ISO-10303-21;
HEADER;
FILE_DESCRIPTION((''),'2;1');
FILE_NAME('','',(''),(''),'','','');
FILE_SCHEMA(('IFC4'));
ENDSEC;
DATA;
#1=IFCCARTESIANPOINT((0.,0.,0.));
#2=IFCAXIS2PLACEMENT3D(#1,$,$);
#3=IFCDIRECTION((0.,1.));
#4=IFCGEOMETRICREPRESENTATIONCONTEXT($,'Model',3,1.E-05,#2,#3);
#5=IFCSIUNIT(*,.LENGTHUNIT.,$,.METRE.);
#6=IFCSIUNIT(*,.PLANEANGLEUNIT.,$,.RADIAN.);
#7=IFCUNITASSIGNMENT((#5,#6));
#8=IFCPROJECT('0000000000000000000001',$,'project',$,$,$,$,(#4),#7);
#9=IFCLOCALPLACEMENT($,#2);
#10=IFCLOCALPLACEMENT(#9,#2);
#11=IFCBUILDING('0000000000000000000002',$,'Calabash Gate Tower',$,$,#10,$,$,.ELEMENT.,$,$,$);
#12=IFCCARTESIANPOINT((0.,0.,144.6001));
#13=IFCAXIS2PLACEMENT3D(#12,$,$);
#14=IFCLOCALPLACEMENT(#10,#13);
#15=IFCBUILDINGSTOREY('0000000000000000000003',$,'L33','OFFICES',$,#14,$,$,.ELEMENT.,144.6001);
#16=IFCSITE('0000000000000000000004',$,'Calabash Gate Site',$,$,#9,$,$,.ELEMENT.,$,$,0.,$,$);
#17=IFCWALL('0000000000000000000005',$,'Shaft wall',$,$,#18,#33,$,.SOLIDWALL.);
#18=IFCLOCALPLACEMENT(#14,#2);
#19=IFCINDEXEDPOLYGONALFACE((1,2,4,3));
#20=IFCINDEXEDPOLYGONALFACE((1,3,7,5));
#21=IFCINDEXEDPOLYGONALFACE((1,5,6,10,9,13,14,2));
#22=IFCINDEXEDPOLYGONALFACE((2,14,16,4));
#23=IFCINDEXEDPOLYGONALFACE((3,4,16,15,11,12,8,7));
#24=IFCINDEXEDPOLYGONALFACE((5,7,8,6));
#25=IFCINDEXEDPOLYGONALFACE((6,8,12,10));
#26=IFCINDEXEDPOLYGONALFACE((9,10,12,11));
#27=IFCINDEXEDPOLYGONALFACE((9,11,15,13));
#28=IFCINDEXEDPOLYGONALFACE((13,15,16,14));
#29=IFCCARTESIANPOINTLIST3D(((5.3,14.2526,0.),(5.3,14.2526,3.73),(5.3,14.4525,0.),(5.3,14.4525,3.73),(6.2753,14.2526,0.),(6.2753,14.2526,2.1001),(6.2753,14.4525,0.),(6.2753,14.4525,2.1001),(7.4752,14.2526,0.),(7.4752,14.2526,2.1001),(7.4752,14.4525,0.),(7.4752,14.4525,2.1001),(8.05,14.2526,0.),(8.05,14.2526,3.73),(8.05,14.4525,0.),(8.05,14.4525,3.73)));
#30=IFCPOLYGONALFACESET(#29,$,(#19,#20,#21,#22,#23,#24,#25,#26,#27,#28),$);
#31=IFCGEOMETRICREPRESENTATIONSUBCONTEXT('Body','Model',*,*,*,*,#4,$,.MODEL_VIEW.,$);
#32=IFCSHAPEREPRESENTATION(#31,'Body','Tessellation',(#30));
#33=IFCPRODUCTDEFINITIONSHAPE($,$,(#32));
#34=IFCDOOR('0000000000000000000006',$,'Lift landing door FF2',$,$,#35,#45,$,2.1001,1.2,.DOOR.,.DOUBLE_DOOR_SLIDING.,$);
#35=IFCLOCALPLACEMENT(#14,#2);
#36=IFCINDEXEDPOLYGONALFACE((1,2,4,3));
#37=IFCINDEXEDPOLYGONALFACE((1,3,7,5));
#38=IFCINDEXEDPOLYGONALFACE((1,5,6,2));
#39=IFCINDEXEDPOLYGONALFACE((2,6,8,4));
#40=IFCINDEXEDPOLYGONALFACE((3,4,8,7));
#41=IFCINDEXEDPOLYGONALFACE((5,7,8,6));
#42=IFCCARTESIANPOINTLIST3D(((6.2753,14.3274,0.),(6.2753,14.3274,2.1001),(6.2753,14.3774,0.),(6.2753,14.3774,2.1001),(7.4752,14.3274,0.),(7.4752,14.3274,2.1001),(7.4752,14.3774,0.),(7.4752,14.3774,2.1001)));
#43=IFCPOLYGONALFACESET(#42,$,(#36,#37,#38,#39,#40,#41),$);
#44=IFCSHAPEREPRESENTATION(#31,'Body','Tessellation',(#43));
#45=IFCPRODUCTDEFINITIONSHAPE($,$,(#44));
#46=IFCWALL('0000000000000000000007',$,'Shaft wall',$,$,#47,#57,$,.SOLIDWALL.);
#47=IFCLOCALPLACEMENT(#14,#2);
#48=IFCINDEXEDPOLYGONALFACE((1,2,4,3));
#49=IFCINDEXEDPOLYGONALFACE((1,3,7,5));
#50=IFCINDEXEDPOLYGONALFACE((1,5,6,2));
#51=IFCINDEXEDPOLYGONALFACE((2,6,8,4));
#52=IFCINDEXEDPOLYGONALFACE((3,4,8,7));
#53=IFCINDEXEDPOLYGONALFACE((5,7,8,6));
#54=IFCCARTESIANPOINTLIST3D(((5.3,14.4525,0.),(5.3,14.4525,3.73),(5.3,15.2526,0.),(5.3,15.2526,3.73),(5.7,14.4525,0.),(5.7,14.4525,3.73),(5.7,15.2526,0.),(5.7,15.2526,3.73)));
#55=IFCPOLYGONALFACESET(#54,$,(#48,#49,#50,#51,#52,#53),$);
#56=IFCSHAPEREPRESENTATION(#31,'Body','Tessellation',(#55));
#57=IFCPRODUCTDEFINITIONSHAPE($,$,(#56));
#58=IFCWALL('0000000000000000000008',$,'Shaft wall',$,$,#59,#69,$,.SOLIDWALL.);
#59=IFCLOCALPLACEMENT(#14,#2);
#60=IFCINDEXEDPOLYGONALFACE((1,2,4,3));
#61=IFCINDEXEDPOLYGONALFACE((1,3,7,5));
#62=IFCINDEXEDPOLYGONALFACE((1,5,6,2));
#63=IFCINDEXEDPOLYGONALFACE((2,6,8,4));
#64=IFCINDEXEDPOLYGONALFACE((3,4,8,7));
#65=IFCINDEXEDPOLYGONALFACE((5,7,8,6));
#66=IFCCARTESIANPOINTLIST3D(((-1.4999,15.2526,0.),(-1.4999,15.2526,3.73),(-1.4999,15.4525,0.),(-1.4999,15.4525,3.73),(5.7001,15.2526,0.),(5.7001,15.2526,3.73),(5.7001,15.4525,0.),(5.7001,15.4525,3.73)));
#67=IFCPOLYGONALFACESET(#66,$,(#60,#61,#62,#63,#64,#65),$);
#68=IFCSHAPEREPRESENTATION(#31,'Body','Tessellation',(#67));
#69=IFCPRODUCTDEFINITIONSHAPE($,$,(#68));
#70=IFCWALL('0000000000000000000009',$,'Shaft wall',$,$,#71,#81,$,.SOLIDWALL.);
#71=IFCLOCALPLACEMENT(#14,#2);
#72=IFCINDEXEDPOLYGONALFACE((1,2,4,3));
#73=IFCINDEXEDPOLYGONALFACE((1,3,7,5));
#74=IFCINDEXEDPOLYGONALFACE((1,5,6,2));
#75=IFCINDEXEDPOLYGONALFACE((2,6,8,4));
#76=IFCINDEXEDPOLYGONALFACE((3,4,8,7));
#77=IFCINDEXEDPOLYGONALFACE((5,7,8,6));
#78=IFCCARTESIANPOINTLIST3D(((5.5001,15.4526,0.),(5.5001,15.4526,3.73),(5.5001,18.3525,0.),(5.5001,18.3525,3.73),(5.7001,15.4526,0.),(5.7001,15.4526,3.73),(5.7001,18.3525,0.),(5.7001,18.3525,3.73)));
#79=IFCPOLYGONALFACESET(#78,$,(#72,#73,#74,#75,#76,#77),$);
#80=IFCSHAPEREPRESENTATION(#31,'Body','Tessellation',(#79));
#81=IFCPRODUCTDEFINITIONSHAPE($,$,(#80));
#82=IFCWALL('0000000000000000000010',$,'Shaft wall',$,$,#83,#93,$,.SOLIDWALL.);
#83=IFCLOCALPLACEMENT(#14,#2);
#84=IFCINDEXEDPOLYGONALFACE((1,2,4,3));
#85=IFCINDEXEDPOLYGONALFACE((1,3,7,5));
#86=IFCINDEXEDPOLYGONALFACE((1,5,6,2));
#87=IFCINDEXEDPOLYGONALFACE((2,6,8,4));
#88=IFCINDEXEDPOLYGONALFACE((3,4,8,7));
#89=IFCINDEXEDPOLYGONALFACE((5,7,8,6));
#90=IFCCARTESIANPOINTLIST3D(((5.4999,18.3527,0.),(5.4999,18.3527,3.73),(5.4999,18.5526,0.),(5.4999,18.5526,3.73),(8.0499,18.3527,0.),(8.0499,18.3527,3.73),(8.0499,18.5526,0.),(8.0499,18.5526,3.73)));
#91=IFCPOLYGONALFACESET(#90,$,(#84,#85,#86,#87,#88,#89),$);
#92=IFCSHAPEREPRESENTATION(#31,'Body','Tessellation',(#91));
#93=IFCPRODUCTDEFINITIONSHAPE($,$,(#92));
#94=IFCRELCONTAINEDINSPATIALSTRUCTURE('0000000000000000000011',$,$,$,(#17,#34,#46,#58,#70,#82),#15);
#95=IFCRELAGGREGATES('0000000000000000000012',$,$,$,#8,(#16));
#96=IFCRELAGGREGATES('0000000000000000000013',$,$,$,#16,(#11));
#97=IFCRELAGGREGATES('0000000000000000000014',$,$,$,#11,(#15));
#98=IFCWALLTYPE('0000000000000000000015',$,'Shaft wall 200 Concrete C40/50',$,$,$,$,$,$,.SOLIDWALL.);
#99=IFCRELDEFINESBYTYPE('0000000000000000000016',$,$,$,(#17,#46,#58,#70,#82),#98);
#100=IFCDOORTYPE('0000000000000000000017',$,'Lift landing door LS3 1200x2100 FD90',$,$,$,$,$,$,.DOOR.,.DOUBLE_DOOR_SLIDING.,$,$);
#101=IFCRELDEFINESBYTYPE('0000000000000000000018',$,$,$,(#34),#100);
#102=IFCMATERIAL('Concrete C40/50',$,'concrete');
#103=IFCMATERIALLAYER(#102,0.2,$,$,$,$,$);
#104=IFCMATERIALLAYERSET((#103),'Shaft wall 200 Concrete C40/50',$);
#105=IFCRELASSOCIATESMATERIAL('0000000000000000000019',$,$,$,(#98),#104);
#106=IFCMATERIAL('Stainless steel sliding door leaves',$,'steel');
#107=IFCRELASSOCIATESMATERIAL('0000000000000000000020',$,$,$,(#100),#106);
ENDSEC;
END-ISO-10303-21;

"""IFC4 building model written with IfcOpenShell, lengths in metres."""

from ifc_helpers import new_model, si_unit, direction, frame, frame_2d, origin, place, context, subcontext, project, spatial, rectangle, extrude, material, layer, layer_set, type_object, element, fill, save


model = new_model("IFC4")

# Units and contexts
model_context = context("Model", 3, precision=1e-05, world=origin(), true_north=direction((0.0, 1.0)))
body_context = subcontext(model_context, "Body", "Model", "MODEL_VIEW")
ifc_project = project(units=[si_unit("LENGTHUNIT", "METRE"), si_unit("PLANEANGLEUNIT", "RADIAN")], contexts=[model_context])

# Site, building, storey
site_placement = place(None, origin())
site = spatial("IfcSite", under=ifc_project, at=site_placement, Name="Calabash Gate Site", CompositionType="ELEMENT", RefElevation=0.0)
building_placement = place(site_placement, origin())
building = spatial("IfcBuilding", under=site, at=building_placement, Name="Calabash Gate Tower", CompositionType="ELEMENT")
storey_placement = place(building_placement, frame((0.0, 0.0, 144.6001)))
storey = spatial("IfcBuildingStorey", under=building, at=storey_placement, Name="L33", Description="OFFICES", CompositionType="ELEMENT", Elevation=144.6001)

# Shared definitions
ifc_material_1 = material(Name="Concrete C40/50", Category="concrete")
ifc_layer_1 = layer(ifc_material_1, 0.2)
ifc_layer_set_1 = layer_set([ifc_layer_1], Name="Shaft wall 200 Concrete C40/50")
wall_type_1 = type_object("IfcWallType", Name="Shaft wall 200 Concrete C40/50", PredefinedType="SOLIDWALL", material=ifc_layer_set_1)

# Wall, opening, door
wall_1_placement = place(storey_placement, frame((5.3, 14.3525, 0.0), z_axis=(0.0, 0.0, 1.0), x_axis=(1.0, 0.0, 0.0)))
wall_1 = element("IfcWall", 1, at=wall_1_placement, inside=storey, type_object=wall_type_1, Name="Shaft wall", PredefinedType="SOLIDWALL", context=body_context, shape_type="SweptSolid", body=[
    extrude(rectangle(XDim=2.75, YDim=0.2, at=frame_2d((1.375, 0.0))), origin(), (0.0, 0.0, 1.0), 3.73),
])
opening_1_placement = place(wall_1_placement, frame((0.9751, 0.0, 0.0)))
opening_1 = element("IfcOpeningElement", 2, at=opening_1_placement, cuts=wall_1, PredefinedType="OPENING", context=body_context, shape_type="SweptSolid", body=[
    extrude(rectangle(XDim=1.2, YDim=2.1001, at=frame_2d((0.6001, 1.05))), frame((0.0, 0.1099, 0.0), z_axis=(0.0, -1.0, 0.0), x_axis=(1.0, 0.0, 0.0)), (0.0, 0.0, 1.0), 0.22),
])
ifc_material_2 = material(Name="Stainless steel sliding door leaves", Category="steel")
door_type_1 = type_object("IfcDoorType", Name="Lift landing door LS3 1200x2100 FD90", OperationType="DOUBLE_DOOR_SLIDING", PredefinedType="DOOR", material=ifc_material_2)
door_1_placement = place(opening_1_placement, origin())
door_1 = element("IfcDoor", 3, at=door_1_placement, inside=storey, type_object=door_type_1, Name="Lift landing door FF2", OperationType="DOUBLE_DOOR_SLIDING", OverallHeight=2.1001, OverallWidth=1.2, PredefinedType="DOOR", context=body_context, shape_type="SweptSolid", body=[
    extrude(rectangle(XDim=1.2, YDim=2.1001, at=frame_2d((0.6001, 1.05))), frame((0.0, 0.0249, 0.0), z_axis=(0.0, -1.0, 0.0), x_axis=(1.0, 0.0, 0.0)), (0.0, 0.0, 1.0), 0.05),
])
fill(opening_1, door_1)

# Walls
wall_2_placement = place(storey_placement, frame((5.5, 14.4526, 0.0), z_axis=(0.0, 0.0, 1.0), x_axis=(0.0, 1.0, 0.0)))
element("IfcWall", 4, at=wall_2_placement, inside=storey, type_object=wall_type_1, Name="Shaft wall", PredefinedType="SOLIDWALL", context=body_context, shape_type="SweptSolid", body=[
    extrude(rectangle(XDim=0.8, YDim=0.3999, at=frame_2d((0.3999, 0.0))), origin(), (0.0, 0.0, 1.0), 3.73),
])
wall_3_placement = place(storey_placement, frame((-1.5, 15.3525, 0.0), z_axis=(0.0, 0.0, 1.0), x_axis=(1.0, 0.0, 0.0)))
element("IfcWall", 5, at=wall_3_placement, inside=storey, type_object=wall_type_1, Name="Shaft wall", PredefinedType="SOLIDWALL", context=body_context, shape_type="SweptSolid", body=[
    extrude(rectangle(XDim=7.2, YDim=0.2, at=frame_2d((3.6001, 0.0))), origin(), (0.0, 0.0, 1.0), 3.73),
])
wall_4_placement = place(storey_placement, frame((5.6001, 15.4526, 0.0), z_axis=(0.0, 0.0, 1.0), x_axis=(0.0, 1.0, 0.0)))
element("IfcWall", 6, at=wall_4_placement, inside=storey, type_object=wall_type_1, Name="Shaft wall", PredefinedType="SOLIDWALL", context=body_context, shape_type="SweptSolid", body=[
    extrude(rectangle(XDim=2.8999, YDim=0.2, at=frame_2d((1.45, 0.0))), origin(), (0.0, 0.0, 1.0), 3.73),
])
wall_5_placement = place(storey_placement, frame((5.5, 18.4526, 0.0), z_axis=(0.0, 0.0, 1.0), x_axis=(1.0, 0.0, 0.0)))
element("IfcWall", 7, at=wall_5_placement, inside=storey, type_object=wall_type_1, Name="Shaft wall", PredefinedType="SOLIDWALL", context=body_context, shape_type="SweptSolid", body=[
    extrude(rectangle(XDim=2.55, YDim=0.2, at=frame_2d((1.2749, 0.0))), origin(), (0.0, 0.0, 1.0), 3.73),
])

save(model, "model.ifc")
